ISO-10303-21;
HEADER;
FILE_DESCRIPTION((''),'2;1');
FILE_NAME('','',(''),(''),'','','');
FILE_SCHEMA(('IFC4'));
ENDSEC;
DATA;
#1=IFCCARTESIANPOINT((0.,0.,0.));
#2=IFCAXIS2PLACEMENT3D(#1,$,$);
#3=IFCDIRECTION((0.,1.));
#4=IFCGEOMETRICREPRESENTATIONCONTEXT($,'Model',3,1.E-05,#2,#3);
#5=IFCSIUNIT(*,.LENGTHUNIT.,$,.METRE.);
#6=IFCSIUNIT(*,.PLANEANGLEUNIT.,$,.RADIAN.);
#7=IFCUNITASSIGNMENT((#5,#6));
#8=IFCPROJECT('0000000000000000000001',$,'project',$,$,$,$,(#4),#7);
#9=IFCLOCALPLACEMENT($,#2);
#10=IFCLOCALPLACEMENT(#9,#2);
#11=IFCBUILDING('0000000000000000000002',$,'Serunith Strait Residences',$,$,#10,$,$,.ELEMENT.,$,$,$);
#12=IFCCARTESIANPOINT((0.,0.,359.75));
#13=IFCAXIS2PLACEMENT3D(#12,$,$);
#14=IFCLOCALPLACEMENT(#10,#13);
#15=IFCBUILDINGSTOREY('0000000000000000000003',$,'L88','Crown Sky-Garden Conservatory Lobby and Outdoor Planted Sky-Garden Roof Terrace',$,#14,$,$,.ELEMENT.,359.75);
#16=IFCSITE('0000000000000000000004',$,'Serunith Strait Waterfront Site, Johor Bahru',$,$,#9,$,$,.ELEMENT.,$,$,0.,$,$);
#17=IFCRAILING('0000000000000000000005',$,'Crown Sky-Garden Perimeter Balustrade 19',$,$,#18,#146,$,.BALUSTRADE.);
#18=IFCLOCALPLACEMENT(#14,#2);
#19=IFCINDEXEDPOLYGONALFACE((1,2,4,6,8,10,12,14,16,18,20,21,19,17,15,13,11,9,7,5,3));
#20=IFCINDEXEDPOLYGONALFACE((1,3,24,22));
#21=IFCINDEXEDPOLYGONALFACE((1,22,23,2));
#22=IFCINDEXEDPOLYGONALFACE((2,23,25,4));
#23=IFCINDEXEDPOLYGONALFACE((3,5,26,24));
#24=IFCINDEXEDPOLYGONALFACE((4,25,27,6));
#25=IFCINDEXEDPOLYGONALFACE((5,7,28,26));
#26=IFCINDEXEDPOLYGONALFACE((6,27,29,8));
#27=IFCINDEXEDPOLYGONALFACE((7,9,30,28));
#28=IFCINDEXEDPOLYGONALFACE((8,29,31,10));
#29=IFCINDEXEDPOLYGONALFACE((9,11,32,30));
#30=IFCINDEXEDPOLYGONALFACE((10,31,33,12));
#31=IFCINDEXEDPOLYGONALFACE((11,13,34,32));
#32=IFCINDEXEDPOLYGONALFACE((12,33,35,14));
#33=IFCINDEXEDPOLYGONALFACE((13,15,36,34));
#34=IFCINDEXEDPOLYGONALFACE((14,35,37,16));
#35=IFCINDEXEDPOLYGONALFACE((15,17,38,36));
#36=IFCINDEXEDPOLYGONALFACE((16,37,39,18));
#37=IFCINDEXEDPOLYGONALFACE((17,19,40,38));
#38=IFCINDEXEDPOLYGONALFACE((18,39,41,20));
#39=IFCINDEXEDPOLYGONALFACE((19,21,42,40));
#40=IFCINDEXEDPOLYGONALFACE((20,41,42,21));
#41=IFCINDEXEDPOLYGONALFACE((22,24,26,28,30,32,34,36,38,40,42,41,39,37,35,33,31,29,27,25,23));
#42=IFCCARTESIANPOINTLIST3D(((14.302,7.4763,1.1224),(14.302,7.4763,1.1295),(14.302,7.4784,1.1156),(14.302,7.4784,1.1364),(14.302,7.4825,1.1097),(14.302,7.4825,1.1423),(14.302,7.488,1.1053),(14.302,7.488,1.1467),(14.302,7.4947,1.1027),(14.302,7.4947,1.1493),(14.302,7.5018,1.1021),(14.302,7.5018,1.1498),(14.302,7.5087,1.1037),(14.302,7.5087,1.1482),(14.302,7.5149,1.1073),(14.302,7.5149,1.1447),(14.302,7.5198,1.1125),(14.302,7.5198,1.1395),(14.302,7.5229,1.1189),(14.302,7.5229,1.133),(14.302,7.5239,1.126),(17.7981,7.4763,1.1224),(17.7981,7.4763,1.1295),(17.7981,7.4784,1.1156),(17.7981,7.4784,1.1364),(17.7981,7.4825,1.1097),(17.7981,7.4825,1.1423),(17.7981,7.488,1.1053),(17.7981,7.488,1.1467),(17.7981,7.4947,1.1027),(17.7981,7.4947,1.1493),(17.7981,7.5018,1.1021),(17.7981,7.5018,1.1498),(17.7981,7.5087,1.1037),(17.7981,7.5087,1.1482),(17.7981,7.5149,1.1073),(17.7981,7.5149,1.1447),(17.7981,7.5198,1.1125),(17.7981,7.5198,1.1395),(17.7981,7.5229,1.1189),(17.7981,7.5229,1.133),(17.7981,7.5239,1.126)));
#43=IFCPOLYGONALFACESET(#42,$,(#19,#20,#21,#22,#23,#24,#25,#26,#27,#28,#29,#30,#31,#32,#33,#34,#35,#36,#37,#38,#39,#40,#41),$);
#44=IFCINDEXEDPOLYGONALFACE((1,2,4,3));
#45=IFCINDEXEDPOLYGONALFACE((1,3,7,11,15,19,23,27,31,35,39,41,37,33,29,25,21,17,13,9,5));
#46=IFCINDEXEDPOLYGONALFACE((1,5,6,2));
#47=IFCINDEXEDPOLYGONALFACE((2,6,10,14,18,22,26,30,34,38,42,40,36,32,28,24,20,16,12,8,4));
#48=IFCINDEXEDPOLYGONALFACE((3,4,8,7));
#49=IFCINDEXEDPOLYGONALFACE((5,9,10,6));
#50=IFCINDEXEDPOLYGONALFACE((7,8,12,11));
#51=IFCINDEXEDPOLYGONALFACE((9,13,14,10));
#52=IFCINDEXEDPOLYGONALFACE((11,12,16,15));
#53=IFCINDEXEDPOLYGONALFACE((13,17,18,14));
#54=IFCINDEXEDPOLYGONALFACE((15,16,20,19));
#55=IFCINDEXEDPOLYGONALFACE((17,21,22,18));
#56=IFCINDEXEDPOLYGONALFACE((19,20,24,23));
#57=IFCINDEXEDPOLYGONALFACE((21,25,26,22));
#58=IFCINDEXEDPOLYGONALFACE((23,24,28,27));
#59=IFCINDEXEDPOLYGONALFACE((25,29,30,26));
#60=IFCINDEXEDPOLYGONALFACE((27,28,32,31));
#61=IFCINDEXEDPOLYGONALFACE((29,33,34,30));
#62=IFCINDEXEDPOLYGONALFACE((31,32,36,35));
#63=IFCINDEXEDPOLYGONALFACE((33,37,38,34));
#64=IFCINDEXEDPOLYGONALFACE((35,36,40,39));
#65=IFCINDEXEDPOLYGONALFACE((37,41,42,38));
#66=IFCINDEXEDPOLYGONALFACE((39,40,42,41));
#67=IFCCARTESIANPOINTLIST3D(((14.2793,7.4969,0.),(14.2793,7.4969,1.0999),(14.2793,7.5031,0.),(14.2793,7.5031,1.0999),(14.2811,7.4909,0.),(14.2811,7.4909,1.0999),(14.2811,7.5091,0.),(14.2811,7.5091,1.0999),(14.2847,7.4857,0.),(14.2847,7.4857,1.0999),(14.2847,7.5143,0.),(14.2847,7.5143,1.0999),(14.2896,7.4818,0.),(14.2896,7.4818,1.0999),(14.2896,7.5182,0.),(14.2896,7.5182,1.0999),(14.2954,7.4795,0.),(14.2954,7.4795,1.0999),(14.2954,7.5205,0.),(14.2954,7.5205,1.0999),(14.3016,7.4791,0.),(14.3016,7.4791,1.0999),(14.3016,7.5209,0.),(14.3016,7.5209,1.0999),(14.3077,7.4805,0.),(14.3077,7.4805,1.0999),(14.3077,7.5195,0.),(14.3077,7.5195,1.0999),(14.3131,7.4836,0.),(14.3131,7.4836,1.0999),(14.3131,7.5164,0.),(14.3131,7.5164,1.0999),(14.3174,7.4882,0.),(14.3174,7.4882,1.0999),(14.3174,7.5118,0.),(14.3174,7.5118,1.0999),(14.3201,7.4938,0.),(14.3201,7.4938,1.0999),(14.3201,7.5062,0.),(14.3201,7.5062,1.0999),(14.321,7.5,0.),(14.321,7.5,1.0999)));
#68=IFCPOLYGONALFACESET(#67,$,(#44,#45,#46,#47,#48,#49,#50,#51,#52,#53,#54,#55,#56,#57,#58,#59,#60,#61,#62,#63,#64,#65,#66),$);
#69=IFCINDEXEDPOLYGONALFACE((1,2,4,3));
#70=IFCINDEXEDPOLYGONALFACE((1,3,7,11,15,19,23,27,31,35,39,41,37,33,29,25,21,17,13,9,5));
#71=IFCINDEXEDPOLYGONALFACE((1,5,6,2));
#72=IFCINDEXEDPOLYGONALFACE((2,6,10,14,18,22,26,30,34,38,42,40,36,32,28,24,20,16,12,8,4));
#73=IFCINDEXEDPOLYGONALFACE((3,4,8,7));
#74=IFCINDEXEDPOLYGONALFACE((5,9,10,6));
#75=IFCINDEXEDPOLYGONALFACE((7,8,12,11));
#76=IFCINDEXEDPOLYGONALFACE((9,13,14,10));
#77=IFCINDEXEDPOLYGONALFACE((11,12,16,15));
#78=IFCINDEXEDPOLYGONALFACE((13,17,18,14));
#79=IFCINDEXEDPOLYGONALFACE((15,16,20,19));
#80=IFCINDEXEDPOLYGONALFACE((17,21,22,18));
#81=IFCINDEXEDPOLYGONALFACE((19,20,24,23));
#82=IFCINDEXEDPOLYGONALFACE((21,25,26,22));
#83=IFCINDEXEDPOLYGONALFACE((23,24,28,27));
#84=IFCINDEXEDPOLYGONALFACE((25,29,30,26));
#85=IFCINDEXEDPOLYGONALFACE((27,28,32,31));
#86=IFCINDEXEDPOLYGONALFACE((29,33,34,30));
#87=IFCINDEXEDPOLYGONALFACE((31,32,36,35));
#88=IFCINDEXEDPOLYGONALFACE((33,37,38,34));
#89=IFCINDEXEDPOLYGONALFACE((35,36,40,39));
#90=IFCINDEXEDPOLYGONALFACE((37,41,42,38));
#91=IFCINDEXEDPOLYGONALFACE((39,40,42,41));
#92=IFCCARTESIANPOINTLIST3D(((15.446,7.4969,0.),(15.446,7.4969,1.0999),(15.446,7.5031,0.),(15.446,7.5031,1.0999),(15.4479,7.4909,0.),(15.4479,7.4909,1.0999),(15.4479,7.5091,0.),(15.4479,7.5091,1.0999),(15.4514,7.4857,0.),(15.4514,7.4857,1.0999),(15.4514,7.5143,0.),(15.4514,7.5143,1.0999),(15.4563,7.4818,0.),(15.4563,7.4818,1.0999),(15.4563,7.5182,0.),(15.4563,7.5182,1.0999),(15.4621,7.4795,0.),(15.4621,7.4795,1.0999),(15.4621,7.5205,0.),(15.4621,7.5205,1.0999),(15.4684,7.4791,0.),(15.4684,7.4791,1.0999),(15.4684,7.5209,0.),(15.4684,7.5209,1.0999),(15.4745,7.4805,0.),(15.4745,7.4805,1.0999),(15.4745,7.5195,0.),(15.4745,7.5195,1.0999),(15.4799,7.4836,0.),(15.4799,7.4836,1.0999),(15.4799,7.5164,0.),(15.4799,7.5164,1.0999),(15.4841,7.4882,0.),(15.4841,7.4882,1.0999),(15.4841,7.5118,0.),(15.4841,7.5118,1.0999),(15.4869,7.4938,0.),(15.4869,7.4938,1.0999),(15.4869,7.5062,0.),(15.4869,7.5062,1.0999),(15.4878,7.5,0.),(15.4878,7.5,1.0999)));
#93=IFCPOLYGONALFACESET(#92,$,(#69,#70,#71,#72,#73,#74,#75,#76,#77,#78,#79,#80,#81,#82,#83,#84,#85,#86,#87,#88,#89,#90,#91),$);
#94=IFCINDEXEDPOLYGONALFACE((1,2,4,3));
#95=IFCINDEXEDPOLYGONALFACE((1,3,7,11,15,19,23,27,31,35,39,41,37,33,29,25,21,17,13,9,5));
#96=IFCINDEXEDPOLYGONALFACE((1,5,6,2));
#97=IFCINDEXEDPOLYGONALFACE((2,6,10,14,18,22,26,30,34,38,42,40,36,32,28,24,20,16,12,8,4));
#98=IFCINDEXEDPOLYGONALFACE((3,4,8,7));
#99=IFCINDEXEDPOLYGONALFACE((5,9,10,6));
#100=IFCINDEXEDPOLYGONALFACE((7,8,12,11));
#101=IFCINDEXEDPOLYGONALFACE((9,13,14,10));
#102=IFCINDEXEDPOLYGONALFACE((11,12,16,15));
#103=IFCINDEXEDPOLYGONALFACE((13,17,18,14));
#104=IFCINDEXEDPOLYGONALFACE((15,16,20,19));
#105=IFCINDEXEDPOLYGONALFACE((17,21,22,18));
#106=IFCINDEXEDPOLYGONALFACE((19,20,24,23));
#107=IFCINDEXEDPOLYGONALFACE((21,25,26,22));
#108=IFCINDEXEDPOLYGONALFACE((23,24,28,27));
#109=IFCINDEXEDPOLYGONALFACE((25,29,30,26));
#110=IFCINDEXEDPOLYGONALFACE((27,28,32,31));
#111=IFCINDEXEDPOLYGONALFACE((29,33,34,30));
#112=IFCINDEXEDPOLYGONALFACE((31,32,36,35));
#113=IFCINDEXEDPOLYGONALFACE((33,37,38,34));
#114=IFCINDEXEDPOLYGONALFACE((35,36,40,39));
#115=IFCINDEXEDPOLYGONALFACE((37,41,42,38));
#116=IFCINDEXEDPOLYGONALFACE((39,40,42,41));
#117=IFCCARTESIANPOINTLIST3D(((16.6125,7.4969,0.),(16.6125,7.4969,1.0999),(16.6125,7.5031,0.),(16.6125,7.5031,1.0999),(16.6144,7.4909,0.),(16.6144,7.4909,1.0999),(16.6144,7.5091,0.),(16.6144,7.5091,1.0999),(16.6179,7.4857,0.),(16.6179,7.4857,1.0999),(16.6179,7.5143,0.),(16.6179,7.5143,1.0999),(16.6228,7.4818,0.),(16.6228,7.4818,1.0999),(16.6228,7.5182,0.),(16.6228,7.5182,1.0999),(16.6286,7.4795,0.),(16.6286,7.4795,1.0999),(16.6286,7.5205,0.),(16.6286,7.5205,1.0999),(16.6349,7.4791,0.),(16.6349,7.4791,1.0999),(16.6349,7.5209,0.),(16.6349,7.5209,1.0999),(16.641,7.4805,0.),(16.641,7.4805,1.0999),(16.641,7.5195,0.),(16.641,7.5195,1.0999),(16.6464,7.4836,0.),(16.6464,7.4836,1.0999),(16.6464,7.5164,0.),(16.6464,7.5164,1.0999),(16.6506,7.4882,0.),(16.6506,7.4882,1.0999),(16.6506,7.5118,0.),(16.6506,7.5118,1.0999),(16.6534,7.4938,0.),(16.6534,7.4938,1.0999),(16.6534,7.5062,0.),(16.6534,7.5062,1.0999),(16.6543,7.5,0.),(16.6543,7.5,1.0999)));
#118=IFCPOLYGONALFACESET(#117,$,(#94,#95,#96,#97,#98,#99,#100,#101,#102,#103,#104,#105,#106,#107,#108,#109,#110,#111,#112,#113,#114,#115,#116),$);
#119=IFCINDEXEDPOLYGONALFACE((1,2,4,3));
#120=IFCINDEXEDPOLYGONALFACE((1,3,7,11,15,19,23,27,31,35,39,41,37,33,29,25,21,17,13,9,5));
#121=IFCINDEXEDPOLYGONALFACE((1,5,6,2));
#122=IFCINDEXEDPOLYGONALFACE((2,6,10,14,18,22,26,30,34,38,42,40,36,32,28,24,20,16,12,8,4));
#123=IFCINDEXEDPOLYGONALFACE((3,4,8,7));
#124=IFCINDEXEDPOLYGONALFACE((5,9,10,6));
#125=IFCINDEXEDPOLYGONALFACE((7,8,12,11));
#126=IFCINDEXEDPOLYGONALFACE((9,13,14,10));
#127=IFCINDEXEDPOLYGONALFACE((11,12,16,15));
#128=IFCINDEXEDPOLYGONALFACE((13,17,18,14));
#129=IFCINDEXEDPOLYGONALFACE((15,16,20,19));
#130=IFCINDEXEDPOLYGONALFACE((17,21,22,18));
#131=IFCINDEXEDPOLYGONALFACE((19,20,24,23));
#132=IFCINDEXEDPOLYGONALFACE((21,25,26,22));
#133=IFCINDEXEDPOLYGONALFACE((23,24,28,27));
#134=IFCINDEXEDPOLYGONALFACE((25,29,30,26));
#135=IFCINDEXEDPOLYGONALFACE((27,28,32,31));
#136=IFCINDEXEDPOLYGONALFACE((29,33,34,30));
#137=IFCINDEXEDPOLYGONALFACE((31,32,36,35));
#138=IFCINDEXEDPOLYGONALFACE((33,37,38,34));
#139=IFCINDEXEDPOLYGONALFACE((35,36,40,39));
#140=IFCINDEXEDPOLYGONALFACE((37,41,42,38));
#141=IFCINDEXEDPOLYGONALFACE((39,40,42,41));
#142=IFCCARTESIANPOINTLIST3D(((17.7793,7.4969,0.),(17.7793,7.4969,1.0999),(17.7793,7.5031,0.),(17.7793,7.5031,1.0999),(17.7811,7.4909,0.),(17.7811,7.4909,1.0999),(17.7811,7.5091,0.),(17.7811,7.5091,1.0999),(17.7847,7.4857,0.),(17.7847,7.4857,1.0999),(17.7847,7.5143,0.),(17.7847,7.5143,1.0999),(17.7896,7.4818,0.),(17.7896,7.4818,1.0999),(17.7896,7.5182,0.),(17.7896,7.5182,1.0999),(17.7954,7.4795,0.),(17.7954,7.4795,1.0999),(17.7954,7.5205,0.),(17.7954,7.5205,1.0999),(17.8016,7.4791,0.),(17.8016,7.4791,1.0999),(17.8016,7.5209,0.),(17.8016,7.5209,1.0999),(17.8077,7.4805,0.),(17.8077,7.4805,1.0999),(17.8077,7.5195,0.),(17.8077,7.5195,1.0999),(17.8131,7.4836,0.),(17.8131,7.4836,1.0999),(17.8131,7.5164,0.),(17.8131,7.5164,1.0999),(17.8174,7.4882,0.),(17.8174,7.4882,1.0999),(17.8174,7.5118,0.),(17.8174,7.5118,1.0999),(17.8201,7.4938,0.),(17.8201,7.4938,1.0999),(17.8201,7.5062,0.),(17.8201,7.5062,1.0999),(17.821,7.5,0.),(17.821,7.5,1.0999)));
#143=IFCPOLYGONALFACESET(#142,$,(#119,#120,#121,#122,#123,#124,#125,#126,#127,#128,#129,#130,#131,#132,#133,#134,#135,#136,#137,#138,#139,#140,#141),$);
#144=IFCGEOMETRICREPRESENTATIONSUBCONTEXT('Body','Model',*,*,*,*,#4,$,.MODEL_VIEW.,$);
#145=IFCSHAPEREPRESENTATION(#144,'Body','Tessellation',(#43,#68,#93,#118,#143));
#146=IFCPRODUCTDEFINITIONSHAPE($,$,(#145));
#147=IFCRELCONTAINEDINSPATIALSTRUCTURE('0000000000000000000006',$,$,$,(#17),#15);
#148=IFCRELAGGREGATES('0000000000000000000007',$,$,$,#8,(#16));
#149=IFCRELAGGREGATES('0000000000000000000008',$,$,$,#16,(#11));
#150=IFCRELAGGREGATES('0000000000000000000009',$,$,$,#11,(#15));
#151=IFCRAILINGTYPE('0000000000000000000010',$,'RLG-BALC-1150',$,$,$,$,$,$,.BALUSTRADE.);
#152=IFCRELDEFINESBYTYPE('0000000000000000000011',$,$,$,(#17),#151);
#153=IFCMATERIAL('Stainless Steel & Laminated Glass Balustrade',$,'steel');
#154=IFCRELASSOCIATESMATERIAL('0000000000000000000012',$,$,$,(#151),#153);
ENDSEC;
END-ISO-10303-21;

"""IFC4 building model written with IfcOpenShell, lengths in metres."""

from ifc_helpers import new_model, si_unit, direction, frame, origin, origin_2d, place, context, subcontext, project, spatial, circle, extrude, material, type_object, element, save


model = new_model("IFC4")

# Units and contexts
model_context = context("Model", 3, precision=1e-05, world=origin(), true_north=direction((0.0, 1.0)))
body_context = subcontext(model_context, "Body", "Model", "MODEL_VIEW")
ifc_project = project(units=[si_unit("LENGTHUNIT", "METRE"), si_unit("PLANEANGLEUNIT", "RADIAN")], contexts=[model_context])

# Site, building, storey
site_placement = place(None, origin())
site = spatial("IfcSite", under=ifc_project, at=site_placement, Name="Serunith Strait Waterfront Site, Johor Bahru", CompositionType="ELEMENT", RefElevation=0.0)
building_placement = place(site_placement, origin())
building = spatial("IfcBuilding", under=site, at=building_placement, Name="Serunith Strait Residences", CompositionType="ELEMENT")
storey_placement = place(building_placement, frame((0.0, 0.0, 359.75)))
storey = spatial("IfcBuildingStorey", under=building, at=storey_placement, Name="L88", Description="Crown Sky-Garden Conservatory Lobby and Outdoor Planted Sky-Garden Roof Terrace", CompositionType="ELEMENT", Elevation=359.75)

# Railing
ifc_material_1 = material(Name="Stainless Steel & Laminated Glass Balustrade", Category="steel")
railing_type = type_object("IfcRailingType", Name="RLG-BALC-1150", PredefinedType="BALUSTRADE", material=ifc_material_1)
railing_1_placement = place(storey_placement, frame((14.3, 7.5, 0.0)))
element("IfcRailing", 1, at=railing_1_placement, inside=storey, type_object=railing_type, Name="Crown Sky-Garden Perimeter Balustrade 19", PredefinedType="BALUSTRADE", context=body_context, shape_type="SweptSolid", body=[
    extrude(circle(Radius=0.0239, at=origin_2d()), frame((0.002, 0.0, 1.126), z_axis=(1.0, 0.0, 0.0), x_axis=(0.0, 1.0, 0.0)), (0.0, 0.0, 1.0), 3.4961),
    extrude(circle(Radius=0.021, at=origin_2d()), origin(), (0.0, 0.0, 1.0), 1.0999),
    extrude(circle(Radius=0.021, at=origin_2d()), frame((1.1667, 0.0, 0.0)), (0.0, 0.0, 1.0), 1.0999),
    extrude(circle(Radius=0.021, at=origin_2d()), frame((2.3333, 0.0, 0.0)), (0.0, 0.0, 1.0), 1.0999),
    extrude(circle(Radius=0.021, at=origin_2d()), frame((3.5, 0.0, 0.0)), (0.0, 0.0, 1.0), 1.0999),
])

save(model, "model.ifc")
